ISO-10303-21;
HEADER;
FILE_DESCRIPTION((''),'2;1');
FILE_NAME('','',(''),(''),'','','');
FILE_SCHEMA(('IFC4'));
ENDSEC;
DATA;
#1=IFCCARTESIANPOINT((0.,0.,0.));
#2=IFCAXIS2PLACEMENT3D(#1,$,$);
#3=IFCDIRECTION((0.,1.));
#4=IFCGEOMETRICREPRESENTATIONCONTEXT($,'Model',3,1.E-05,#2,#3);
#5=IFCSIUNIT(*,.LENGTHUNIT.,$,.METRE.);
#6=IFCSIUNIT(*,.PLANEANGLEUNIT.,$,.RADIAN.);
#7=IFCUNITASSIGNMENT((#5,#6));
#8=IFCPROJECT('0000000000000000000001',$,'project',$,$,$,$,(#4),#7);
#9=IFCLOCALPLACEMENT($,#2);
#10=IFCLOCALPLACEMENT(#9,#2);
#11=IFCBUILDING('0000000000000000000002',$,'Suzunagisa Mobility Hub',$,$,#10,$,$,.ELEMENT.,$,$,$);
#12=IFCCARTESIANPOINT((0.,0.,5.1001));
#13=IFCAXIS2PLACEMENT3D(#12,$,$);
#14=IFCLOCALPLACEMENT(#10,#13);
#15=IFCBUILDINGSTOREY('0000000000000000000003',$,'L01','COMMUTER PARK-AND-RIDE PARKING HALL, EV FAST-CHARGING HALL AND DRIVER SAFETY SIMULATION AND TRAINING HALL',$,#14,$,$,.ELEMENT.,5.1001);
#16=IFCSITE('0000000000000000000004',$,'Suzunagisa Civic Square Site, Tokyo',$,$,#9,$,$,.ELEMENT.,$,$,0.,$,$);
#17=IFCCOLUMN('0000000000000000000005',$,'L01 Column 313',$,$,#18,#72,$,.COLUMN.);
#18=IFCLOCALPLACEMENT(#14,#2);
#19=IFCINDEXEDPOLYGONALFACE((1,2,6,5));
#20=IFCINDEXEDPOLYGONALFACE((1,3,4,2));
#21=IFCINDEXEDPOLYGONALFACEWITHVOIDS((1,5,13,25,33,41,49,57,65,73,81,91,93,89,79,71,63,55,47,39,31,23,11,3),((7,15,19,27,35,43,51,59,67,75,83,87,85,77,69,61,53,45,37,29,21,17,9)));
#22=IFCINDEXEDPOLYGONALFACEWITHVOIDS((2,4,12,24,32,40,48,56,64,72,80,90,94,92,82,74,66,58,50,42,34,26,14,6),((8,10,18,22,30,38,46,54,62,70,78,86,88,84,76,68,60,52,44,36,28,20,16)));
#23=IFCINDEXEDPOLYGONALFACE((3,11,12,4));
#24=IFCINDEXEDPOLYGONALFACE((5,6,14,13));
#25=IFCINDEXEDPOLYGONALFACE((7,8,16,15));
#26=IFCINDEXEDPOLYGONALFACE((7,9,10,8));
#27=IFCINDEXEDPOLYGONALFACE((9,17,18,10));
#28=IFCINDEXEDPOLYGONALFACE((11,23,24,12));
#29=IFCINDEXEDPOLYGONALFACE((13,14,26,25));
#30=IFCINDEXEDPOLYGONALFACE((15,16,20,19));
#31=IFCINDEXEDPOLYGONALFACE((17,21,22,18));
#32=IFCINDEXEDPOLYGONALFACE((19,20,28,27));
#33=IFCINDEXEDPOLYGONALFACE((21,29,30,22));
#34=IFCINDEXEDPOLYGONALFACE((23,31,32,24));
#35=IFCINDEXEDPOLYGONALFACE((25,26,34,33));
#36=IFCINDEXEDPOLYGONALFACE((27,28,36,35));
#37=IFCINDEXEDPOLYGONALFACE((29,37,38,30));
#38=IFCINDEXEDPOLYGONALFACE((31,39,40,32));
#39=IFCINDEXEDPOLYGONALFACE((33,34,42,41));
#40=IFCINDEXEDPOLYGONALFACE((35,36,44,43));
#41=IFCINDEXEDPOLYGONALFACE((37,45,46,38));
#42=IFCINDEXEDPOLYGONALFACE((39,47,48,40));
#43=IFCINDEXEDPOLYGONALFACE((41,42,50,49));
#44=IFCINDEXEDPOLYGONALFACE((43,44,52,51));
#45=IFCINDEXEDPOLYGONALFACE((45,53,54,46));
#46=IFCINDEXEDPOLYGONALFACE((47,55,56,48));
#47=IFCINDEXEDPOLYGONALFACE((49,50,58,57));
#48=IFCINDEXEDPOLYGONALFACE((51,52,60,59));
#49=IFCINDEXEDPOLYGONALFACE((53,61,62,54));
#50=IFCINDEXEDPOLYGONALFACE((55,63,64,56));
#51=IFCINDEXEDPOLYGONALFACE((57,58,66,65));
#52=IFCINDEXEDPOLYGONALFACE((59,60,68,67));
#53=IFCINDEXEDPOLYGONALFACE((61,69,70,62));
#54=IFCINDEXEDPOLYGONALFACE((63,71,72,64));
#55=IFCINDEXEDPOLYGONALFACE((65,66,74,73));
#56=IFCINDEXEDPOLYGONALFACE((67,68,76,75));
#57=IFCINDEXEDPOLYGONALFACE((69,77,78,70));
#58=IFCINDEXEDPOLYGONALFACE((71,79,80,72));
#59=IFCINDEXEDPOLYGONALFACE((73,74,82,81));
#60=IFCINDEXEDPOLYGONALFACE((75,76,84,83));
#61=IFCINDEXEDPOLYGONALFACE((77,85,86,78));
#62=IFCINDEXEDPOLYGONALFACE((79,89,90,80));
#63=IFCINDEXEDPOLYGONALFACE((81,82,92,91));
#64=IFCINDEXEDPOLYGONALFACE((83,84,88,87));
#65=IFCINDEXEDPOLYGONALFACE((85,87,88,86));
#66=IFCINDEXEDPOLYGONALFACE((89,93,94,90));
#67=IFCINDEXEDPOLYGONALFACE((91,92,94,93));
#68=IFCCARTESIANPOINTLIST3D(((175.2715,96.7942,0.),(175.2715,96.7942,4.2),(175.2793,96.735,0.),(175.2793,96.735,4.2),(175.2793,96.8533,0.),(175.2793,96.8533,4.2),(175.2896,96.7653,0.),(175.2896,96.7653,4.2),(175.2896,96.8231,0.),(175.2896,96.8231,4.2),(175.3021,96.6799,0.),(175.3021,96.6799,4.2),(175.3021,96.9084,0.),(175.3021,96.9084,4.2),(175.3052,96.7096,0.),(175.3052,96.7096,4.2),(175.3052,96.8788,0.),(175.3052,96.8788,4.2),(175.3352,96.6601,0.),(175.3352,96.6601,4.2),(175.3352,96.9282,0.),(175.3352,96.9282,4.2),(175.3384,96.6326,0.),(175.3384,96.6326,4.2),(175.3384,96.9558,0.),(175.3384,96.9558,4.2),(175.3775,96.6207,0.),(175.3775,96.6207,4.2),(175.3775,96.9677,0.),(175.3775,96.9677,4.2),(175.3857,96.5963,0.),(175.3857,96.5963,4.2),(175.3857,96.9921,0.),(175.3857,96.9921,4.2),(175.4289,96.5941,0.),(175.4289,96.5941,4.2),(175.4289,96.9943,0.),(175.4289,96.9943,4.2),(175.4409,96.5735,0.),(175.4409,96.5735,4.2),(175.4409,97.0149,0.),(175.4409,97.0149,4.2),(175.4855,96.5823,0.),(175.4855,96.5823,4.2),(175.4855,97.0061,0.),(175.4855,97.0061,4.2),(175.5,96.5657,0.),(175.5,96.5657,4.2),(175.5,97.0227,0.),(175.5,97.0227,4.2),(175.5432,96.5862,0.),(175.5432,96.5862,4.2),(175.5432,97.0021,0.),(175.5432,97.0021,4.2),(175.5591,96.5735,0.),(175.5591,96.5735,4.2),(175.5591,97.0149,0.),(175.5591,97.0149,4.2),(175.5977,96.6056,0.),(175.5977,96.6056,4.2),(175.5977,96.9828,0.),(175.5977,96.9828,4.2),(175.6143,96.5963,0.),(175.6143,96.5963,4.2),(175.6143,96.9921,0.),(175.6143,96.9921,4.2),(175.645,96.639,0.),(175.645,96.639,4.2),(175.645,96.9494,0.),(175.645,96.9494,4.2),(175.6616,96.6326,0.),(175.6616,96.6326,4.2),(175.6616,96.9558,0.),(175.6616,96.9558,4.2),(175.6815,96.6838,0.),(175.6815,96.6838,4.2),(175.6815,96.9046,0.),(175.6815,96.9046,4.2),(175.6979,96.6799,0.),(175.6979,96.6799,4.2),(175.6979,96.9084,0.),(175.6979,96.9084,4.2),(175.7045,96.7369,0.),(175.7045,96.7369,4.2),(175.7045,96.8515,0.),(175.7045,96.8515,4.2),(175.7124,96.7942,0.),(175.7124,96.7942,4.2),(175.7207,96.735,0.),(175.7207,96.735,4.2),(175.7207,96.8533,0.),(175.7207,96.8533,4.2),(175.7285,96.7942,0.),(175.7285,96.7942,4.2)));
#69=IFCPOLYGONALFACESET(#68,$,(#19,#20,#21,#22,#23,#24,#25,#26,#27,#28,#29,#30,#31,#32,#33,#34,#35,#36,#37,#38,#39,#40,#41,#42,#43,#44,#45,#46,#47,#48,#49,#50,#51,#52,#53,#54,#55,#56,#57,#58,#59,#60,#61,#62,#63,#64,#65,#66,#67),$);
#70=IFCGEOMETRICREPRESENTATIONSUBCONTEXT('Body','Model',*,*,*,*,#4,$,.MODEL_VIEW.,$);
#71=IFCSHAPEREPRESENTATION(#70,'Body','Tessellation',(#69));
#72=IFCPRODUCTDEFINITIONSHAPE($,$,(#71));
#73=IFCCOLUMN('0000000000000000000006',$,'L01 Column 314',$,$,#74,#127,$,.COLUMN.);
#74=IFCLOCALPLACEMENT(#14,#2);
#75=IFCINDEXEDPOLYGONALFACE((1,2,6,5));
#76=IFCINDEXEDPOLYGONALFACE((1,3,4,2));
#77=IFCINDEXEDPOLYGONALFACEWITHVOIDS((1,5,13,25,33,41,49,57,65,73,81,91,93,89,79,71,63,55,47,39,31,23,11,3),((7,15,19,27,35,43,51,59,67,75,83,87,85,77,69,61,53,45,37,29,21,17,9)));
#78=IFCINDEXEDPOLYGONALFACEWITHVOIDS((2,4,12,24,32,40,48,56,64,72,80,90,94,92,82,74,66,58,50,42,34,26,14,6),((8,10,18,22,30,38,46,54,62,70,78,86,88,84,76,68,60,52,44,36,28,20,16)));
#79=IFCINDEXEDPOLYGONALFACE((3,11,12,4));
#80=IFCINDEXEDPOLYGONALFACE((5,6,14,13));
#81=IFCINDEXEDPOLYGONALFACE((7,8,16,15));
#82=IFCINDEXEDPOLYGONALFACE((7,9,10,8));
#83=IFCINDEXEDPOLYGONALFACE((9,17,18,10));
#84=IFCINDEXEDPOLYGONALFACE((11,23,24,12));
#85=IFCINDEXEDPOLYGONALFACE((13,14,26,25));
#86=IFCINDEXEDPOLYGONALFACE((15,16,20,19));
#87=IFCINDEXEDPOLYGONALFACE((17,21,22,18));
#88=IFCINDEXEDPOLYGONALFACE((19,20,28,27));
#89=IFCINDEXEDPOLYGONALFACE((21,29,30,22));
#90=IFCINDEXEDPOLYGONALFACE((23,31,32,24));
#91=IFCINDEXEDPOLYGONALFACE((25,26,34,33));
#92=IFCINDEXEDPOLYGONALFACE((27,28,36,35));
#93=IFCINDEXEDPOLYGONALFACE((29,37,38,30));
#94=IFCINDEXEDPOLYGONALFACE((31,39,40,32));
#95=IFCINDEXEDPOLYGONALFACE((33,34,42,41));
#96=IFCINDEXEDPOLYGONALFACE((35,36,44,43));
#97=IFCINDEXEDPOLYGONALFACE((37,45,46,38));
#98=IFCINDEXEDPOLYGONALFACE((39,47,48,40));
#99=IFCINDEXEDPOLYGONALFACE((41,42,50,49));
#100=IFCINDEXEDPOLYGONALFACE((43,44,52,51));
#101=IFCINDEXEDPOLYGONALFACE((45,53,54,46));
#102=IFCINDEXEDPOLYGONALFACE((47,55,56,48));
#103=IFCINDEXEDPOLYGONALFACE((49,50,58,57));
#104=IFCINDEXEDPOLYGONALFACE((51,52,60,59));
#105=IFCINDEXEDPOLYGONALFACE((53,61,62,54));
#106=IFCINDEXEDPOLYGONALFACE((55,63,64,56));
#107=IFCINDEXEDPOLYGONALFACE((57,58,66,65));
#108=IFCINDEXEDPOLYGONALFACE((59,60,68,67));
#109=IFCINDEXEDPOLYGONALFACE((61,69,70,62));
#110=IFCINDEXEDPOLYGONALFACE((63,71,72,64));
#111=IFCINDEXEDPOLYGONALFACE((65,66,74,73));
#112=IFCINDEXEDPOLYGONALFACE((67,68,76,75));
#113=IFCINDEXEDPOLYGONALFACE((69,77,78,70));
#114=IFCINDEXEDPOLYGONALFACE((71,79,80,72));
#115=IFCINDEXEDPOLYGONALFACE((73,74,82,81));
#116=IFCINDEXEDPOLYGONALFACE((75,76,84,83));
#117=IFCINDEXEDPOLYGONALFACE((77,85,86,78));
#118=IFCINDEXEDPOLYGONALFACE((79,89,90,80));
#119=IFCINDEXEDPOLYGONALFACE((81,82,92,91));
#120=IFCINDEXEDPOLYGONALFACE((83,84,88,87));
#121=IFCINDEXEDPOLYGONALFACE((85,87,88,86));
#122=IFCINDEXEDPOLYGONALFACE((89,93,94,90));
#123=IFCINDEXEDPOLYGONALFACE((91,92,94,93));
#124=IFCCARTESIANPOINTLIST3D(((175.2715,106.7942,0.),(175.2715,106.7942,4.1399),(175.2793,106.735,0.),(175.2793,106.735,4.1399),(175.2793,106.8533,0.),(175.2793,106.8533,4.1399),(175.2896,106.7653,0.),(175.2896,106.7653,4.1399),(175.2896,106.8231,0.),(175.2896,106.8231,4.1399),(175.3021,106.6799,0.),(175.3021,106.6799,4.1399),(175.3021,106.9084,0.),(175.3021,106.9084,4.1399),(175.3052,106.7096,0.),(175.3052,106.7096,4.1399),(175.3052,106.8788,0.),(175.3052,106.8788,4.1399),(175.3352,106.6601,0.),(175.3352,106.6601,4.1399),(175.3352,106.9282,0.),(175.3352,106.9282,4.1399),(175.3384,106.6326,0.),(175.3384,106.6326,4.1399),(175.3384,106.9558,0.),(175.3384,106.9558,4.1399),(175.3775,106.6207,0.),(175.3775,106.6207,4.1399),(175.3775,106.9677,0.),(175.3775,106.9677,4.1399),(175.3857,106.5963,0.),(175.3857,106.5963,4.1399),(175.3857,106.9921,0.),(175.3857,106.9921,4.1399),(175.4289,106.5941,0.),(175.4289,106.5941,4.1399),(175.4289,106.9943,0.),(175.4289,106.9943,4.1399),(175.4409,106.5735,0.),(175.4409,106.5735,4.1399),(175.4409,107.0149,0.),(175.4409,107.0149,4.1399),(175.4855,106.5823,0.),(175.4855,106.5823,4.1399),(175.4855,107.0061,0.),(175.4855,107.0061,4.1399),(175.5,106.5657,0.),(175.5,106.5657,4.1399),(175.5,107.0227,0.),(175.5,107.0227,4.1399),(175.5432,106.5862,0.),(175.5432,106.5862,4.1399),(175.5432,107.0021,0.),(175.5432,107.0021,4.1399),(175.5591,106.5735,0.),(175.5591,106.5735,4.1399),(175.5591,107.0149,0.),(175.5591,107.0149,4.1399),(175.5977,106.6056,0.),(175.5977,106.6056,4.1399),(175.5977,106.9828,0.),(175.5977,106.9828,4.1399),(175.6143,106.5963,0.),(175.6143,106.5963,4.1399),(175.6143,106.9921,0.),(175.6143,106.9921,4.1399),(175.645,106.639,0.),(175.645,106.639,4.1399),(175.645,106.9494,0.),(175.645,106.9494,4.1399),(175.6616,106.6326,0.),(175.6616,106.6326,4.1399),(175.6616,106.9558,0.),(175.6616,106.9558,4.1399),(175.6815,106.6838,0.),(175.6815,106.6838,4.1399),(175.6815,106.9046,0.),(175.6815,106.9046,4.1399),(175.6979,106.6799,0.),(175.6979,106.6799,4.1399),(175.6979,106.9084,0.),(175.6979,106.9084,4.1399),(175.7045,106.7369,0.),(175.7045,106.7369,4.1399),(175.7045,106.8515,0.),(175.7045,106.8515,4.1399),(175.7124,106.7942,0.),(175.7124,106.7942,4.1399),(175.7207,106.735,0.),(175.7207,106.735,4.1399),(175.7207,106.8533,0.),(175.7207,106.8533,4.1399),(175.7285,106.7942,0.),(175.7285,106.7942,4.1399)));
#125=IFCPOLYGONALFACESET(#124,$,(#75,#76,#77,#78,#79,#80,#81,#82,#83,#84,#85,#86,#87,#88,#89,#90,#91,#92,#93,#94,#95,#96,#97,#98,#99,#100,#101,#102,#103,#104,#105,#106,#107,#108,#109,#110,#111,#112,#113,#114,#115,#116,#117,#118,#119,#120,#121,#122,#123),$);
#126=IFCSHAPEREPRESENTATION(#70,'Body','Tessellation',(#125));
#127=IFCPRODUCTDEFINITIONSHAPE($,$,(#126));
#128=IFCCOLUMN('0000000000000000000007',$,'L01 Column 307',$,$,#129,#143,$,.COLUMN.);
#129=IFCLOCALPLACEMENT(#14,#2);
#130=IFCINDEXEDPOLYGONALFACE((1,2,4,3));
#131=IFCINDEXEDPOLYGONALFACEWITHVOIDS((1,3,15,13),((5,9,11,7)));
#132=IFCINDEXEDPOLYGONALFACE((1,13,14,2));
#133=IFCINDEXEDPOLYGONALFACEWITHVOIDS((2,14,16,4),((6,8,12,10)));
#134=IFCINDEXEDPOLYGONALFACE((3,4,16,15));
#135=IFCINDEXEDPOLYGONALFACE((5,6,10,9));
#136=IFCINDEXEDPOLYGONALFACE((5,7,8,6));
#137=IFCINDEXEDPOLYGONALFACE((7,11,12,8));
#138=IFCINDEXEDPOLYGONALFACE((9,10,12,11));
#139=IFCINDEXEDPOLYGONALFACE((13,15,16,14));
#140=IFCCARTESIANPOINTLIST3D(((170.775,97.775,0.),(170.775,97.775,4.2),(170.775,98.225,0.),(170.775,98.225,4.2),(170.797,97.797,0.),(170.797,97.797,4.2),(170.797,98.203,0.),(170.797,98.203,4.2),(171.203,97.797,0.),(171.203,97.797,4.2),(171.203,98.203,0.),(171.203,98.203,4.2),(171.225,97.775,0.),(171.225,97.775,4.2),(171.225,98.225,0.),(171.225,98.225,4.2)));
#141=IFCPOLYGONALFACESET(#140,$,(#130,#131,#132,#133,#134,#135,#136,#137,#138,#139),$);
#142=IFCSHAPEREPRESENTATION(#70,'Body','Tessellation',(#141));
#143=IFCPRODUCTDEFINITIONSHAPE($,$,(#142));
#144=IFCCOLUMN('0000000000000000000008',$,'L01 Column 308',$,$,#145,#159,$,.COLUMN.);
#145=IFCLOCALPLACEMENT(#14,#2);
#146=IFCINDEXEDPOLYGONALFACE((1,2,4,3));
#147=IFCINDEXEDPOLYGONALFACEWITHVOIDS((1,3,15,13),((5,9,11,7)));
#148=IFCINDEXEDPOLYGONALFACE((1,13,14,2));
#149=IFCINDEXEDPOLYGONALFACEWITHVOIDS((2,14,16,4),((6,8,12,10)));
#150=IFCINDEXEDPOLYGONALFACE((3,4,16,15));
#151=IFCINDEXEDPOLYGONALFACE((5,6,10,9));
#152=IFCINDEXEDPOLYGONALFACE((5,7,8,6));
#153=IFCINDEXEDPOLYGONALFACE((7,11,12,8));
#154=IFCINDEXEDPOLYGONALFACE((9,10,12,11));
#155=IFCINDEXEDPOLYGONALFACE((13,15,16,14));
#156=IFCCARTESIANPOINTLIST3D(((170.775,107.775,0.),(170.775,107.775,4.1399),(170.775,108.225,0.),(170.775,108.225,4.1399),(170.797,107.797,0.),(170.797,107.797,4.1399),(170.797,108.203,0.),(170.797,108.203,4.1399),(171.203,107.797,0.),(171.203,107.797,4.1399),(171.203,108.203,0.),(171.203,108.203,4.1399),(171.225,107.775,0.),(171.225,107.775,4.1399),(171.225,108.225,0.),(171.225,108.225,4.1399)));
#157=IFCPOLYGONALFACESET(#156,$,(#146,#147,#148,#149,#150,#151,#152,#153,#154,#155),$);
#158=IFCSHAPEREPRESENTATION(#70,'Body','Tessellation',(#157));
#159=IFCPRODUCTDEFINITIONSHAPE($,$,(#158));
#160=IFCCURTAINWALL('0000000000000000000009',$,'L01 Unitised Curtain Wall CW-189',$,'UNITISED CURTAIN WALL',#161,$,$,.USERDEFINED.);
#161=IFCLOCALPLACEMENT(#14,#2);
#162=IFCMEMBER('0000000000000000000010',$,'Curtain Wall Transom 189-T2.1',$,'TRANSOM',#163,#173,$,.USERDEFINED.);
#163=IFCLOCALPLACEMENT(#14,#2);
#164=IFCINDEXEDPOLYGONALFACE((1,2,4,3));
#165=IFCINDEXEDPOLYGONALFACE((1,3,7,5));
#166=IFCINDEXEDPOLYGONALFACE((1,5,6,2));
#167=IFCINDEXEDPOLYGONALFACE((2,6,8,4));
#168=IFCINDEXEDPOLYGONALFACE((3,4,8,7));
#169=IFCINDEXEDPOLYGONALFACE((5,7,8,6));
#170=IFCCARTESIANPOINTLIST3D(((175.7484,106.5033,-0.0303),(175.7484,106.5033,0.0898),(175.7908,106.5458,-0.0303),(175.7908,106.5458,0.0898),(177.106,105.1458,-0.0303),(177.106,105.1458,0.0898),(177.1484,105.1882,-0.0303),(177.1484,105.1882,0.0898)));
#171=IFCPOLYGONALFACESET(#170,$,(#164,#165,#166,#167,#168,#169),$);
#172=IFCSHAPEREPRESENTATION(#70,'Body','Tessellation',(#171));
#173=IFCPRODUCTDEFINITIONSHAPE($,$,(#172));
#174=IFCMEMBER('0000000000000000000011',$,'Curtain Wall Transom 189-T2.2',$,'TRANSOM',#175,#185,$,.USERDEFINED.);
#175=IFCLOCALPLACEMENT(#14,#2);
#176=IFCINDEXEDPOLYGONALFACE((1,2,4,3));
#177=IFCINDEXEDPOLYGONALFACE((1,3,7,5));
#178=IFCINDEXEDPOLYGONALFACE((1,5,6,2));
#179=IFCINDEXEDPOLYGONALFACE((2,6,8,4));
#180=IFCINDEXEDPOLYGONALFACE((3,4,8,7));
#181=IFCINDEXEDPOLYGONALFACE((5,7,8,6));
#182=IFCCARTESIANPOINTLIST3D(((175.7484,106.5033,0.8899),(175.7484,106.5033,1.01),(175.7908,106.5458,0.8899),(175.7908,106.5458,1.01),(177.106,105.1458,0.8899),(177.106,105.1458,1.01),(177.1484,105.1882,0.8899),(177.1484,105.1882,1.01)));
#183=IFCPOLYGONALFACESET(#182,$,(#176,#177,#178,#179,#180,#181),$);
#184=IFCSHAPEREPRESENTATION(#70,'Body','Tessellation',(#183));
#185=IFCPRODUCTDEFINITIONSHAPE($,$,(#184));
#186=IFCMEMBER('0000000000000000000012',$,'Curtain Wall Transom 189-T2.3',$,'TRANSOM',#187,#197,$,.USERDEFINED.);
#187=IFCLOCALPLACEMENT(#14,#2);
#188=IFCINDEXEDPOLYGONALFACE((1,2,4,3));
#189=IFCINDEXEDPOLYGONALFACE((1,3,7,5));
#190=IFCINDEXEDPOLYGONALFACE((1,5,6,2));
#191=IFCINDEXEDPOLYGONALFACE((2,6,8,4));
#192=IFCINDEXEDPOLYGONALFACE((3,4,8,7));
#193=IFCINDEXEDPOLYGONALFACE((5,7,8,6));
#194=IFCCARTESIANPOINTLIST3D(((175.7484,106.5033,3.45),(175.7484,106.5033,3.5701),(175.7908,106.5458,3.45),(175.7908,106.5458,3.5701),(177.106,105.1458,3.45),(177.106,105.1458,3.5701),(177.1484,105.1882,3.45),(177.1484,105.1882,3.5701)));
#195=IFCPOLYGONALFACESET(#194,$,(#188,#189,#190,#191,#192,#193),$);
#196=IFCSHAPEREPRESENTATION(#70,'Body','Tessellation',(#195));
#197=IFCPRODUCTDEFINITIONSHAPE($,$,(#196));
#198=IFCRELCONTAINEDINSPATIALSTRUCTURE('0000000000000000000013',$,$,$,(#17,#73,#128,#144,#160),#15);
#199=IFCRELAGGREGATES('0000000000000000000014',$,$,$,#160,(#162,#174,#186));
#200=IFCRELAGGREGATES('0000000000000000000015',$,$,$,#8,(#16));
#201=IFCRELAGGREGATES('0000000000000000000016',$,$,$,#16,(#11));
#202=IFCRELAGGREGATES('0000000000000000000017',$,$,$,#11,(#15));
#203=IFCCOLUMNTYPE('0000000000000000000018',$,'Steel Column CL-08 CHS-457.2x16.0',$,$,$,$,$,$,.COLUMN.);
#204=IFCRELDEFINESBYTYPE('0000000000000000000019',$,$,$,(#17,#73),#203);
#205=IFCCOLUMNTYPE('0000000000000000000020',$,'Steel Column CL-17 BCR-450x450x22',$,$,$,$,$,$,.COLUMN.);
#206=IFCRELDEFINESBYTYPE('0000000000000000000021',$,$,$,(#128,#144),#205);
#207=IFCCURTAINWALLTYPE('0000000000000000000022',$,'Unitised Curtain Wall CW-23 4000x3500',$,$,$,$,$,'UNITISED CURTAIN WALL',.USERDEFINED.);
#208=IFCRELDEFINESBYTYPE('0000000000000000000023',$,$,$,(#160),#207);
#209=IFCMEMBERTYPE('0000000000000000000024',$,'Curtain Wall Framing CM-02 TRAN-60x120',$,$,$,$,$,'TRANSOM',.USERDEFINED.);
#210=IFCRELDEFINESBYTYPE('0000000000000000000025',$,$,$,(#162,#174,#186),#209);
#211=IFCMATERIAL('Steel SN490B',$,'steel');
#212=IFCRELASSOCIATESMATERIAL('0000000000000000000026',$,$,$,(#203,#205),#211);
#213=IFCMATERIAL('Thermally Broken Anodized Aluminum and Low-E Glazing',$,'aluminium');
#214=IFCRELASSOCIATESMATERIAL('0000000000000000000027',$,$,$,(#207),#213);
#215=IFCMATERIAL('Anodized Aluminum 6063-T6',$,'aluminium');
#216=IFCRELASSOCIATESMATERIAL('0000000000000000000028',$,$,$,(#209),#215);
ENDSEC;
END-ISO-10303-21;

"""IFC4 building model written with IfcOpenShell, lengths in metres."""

from ifc_helpers import new_model, si_unit, direction, frame, origin, origin_2d, place, context, subcontext, project, spatial, rectangle, hollow_rectangle, hollow_circle, extrude, material, material_profile, profile_set, type_object, element, aggregate, save


model = new_model("IFC4")

# Units and contexts
model_context = context("Model", 3, precision=1e-05, world=origin(), true_north=direction((0.0, 1.0)))
body_context = subcontext(model_context, "Body", "Model", "MODEL_VIEW")
ifc_project = project(units=[si_unit("LENGTHUNIT", "METRE"), si_unit("PLANEANGLEUNIT", "RADIAN")], contexts=[model_context])

# Site, building, storey
site_placement = place(None, origin())
site = spatial("IfcSite", under=ifc_project, at=site_placement, Name="Suzunagisa Civic Square Site, Tokyo", CompositionType="ELEMENT", RefElevation=0.0)
building_placement = place(site_placement, origin())
building = spatial("IfcBuilding", under=site, at=building_placement, Name="Suzunagisa Mobility Hub", CompositionType="ELEMENT")
storey_placement = place(building_placement, frame((0.0, 0.0, 5.1001)))
storey = spatial("IfcBuildingStorey", under=building, at=storey_placement, Name="L01", Description="COMMUTER PARK-AND-RIDE PARKING HALL, EV FAST-CHARGING HALL AND DRIVER SAFETY SIMULATION AND TRAINING HALL", CompositionType="ELEMENT", Elevation=5.1001)

# Columns
ifc_material_1 = material(Name="Steel SN490B", Category="steel")
ifc_material_profile_1 = material_profile(ifc_material_1, hollow_circle(Radius=0.2285, WallThickness=0.0161, at=origin_2d()), Name="CHS-457.2x16.0")
ifc_profile_set_1 = profile_set([ifc_material_profile_1], Name="Steel SN490B")
column_type_1 = type_object("IfcColumnType", Name="Steel Column CL-08 CHS-457.2x16.0", PredefinedType="COLUMN", material=ifc_profile_set_1)
column_1_placement = place(storey_placement, frame((175.5, 96.7942, 0.0), z_axis=(0.0, 0.0, 1.0), x_axis=(1.0, 0.0, 0.0)))
element("IfcColumn", 1, at=column_1_placement, inside=storey, type_object=column_type_1, Name="L01 Column 313", PredefinedType="COLUMN", context=body_context, shape_type="SweptSolid", body=[
    extrude(hollow_circle(Radius=0.2285, WallThickness=0.0161, at=origin_2d()), origin(), (0.0, 0.0, 1.0), 4.2),
])
column_2_placement = place(storey_placement, frame((175.5, 106.7942, 0.0), z_axis=(0.0, 0.0, 1.0), x_axis=(1.0, 0.0, 0.0)))
element("IfcColumn", 2, at=column_2_placement, inside=storey, type_object=column_type_1, Name="L01 Column 314", PredefinedType="COLUMN", context=body_context, shape_type="SweptSolid", body=[
    extrude(hollow_circle(Radius=0.2285, WallThickness=0.0161, at=origin_2d()), origin(), (0.0, 0.0, 1.0), 4.1399),
])
ifc_material_profile_2 = material_profile(ifc_material_1, hollow_rectangle(XDim=0.45, YDim=0.45, WallThickness=0.022, at=origin_2d()), Name="BCR-450x450x22")
ifc_profile_set_2 = profile_set([ifc_material_profile_2], Name="Steel SN490B")
column_type_2 = type_object("IfcColumnType", Name="Steel Column CL-17 BCR-450x450x22", PredefinedType="COLUMN", material=ifc_profile_set_2)
column_3_placement = place(storey_placement, frame((171.0, 98.0, 0.0), z_axis=(0.0, 0.0, 1.0), x_axis=(1.0, 0.0, 0.0)))
element("IfcColumn", 3, at=column_3_placement, inside=storey, type_object=column_type_2, Name="L01 Column 307", PredefinedType="COLUMN", context=body_context, shape_type="SweptSolid", body=[
    extrude(hollow_rectangle(XDim=0.45, YDim=0.45, WallThickness=0.022, at=origin_2d()), origin(), (0.0, 0.0, 1.0), 4.2),
])
column_4_placement = place(storey_placement, frame((171.0, 108.0, 0.0), z_axis=(0.0, 0.0, 1.0), x_axis=(1.0, 0.0, 0.0)))
element("IfcColumn", 4, at=column_4_placement, inside=storey, type_object=column_type_2, Name="L01 Column 308", PredefinedType="COLUMN", context=body_context, shape_type="SweptSolid", body=[
    extrude(hollow_rectangle(XDim=0.45, YDim=0.45, WallThickness=0.022, at=origin_2d()), origin(), (0.0, 0.0, 1.0), 4.1399),
])

# Curtain wall, members
ifc_material_2 = material(Name="Thermally Broken Anodized Aluminum and Low-E Glazing", Category="aluminium")
curtain_wall_type_1 = type_object("IfcCurtainWallType", Name="Unitised Curtain Wall CW-23 4000x3500", ElementType="UNITISED CURTAIN WALL", PredefinedType="USERDEFINED", material=ifc_material_2)
curtain_wall_1_placement = place(storey_placement, origin())
curtain_wall_1 = element("IfcCurtainWall", 5, at=curtain_wall_1_placement, inside=storey, type_object=curtain_wall_type_1, Name="L01 Unitised Curtain Wall CW-189", ObjectType="UNITISED CURTAIN WALL", PredefinedType="USERDEFINED")
ifc_material_3 = material(Name="Anodized Aluminum 6063-T6", Category="aluminium")
ifc_material_profile_3 = material_profile(ifc_material_3, rectangle(XDim=0.0601, YDim=0.1201, at=origin_2d()), Name="TRAN-60x120")
ifc_profile_set_3 = profile_set([ifc_material_profile_3], Name="Anodized Aluminum 6063-T6")
member_type_1 = type_object("IfcMemberType", Name="Curtain Wall Framing CM-02 TRAN-60x120", ElementType="TRANSOM", PredefinedType="USERDEFINED", material=ifc_profile_set_3)
member_1_placement = place(storey_placement, frame((177.1272, 105.167, 0.0298), z_axis=(-0.707107, 0.707107, 0.0), x_axis=(-0.707107, -0.707107, 0.0)))
member_1 = element("IfcMember", 6, at=member_1_placement, type_object=member_type_1, Name="Curtain Wall Transom 189-T2.1", ObjectType="TRANSOM", PredefinedType="USERDEFINED", context=body_context, shape_type="SweptSolid", body=[
    extrude(rectangle(XDim=0.0601, YDim=0.1201, at=origin_2d()), origin(), (0.0, 0.0, 1.0), 1.9199),
])
member_2_placement = place(storey_placement, frame((177.1272, 105.167, 0.95), z_axis=(-0.707107, 0.707107, 0.0), x_axis=(-0.707107, -0.707107, 0.0)))
member_2 = element("IfcMember", 7, at=member_2_placement, type_object=member_type_1, Name="Curtain Wall Transom 189-T2.2", ObjectType="TRANSOM", PredefinedType="USERDEFINED", context=body_context, shape_type="SweptSolid", body=[
    extrude(rectangle(XDim=0.0601, YDim=0.1201, at=origin_2d()), origin(), (0.0, 0.0, 1.0), 1.9199),
])
member_3_placement = place(storey_placement, frame((177.1272, 105.167, 3.51), z_axis=(-0.707107, 0.707107, 0.0), x_axis=(-0.707107, -0.707107, 0.0)))
member_3 = element("IfcMember", 8, at=member_3_placement, type_object=member_type_1, Name="Curtain Wall Transom 189-T2.3", ObjectType="TRANSOM", PredefinedType="USERDEFINED", context=body_context, shape_type="SweptSolid", body=[
    extrude(rectangle(XDim=0.0601, YDim=0.1201, at=origin_2d()), origin(), (0.0, 0.0, 1.0), 1.9199),
])

aggregate(curtain_wall_1, [member_1, member_2, member_3])

save(model, "model.ifc")
